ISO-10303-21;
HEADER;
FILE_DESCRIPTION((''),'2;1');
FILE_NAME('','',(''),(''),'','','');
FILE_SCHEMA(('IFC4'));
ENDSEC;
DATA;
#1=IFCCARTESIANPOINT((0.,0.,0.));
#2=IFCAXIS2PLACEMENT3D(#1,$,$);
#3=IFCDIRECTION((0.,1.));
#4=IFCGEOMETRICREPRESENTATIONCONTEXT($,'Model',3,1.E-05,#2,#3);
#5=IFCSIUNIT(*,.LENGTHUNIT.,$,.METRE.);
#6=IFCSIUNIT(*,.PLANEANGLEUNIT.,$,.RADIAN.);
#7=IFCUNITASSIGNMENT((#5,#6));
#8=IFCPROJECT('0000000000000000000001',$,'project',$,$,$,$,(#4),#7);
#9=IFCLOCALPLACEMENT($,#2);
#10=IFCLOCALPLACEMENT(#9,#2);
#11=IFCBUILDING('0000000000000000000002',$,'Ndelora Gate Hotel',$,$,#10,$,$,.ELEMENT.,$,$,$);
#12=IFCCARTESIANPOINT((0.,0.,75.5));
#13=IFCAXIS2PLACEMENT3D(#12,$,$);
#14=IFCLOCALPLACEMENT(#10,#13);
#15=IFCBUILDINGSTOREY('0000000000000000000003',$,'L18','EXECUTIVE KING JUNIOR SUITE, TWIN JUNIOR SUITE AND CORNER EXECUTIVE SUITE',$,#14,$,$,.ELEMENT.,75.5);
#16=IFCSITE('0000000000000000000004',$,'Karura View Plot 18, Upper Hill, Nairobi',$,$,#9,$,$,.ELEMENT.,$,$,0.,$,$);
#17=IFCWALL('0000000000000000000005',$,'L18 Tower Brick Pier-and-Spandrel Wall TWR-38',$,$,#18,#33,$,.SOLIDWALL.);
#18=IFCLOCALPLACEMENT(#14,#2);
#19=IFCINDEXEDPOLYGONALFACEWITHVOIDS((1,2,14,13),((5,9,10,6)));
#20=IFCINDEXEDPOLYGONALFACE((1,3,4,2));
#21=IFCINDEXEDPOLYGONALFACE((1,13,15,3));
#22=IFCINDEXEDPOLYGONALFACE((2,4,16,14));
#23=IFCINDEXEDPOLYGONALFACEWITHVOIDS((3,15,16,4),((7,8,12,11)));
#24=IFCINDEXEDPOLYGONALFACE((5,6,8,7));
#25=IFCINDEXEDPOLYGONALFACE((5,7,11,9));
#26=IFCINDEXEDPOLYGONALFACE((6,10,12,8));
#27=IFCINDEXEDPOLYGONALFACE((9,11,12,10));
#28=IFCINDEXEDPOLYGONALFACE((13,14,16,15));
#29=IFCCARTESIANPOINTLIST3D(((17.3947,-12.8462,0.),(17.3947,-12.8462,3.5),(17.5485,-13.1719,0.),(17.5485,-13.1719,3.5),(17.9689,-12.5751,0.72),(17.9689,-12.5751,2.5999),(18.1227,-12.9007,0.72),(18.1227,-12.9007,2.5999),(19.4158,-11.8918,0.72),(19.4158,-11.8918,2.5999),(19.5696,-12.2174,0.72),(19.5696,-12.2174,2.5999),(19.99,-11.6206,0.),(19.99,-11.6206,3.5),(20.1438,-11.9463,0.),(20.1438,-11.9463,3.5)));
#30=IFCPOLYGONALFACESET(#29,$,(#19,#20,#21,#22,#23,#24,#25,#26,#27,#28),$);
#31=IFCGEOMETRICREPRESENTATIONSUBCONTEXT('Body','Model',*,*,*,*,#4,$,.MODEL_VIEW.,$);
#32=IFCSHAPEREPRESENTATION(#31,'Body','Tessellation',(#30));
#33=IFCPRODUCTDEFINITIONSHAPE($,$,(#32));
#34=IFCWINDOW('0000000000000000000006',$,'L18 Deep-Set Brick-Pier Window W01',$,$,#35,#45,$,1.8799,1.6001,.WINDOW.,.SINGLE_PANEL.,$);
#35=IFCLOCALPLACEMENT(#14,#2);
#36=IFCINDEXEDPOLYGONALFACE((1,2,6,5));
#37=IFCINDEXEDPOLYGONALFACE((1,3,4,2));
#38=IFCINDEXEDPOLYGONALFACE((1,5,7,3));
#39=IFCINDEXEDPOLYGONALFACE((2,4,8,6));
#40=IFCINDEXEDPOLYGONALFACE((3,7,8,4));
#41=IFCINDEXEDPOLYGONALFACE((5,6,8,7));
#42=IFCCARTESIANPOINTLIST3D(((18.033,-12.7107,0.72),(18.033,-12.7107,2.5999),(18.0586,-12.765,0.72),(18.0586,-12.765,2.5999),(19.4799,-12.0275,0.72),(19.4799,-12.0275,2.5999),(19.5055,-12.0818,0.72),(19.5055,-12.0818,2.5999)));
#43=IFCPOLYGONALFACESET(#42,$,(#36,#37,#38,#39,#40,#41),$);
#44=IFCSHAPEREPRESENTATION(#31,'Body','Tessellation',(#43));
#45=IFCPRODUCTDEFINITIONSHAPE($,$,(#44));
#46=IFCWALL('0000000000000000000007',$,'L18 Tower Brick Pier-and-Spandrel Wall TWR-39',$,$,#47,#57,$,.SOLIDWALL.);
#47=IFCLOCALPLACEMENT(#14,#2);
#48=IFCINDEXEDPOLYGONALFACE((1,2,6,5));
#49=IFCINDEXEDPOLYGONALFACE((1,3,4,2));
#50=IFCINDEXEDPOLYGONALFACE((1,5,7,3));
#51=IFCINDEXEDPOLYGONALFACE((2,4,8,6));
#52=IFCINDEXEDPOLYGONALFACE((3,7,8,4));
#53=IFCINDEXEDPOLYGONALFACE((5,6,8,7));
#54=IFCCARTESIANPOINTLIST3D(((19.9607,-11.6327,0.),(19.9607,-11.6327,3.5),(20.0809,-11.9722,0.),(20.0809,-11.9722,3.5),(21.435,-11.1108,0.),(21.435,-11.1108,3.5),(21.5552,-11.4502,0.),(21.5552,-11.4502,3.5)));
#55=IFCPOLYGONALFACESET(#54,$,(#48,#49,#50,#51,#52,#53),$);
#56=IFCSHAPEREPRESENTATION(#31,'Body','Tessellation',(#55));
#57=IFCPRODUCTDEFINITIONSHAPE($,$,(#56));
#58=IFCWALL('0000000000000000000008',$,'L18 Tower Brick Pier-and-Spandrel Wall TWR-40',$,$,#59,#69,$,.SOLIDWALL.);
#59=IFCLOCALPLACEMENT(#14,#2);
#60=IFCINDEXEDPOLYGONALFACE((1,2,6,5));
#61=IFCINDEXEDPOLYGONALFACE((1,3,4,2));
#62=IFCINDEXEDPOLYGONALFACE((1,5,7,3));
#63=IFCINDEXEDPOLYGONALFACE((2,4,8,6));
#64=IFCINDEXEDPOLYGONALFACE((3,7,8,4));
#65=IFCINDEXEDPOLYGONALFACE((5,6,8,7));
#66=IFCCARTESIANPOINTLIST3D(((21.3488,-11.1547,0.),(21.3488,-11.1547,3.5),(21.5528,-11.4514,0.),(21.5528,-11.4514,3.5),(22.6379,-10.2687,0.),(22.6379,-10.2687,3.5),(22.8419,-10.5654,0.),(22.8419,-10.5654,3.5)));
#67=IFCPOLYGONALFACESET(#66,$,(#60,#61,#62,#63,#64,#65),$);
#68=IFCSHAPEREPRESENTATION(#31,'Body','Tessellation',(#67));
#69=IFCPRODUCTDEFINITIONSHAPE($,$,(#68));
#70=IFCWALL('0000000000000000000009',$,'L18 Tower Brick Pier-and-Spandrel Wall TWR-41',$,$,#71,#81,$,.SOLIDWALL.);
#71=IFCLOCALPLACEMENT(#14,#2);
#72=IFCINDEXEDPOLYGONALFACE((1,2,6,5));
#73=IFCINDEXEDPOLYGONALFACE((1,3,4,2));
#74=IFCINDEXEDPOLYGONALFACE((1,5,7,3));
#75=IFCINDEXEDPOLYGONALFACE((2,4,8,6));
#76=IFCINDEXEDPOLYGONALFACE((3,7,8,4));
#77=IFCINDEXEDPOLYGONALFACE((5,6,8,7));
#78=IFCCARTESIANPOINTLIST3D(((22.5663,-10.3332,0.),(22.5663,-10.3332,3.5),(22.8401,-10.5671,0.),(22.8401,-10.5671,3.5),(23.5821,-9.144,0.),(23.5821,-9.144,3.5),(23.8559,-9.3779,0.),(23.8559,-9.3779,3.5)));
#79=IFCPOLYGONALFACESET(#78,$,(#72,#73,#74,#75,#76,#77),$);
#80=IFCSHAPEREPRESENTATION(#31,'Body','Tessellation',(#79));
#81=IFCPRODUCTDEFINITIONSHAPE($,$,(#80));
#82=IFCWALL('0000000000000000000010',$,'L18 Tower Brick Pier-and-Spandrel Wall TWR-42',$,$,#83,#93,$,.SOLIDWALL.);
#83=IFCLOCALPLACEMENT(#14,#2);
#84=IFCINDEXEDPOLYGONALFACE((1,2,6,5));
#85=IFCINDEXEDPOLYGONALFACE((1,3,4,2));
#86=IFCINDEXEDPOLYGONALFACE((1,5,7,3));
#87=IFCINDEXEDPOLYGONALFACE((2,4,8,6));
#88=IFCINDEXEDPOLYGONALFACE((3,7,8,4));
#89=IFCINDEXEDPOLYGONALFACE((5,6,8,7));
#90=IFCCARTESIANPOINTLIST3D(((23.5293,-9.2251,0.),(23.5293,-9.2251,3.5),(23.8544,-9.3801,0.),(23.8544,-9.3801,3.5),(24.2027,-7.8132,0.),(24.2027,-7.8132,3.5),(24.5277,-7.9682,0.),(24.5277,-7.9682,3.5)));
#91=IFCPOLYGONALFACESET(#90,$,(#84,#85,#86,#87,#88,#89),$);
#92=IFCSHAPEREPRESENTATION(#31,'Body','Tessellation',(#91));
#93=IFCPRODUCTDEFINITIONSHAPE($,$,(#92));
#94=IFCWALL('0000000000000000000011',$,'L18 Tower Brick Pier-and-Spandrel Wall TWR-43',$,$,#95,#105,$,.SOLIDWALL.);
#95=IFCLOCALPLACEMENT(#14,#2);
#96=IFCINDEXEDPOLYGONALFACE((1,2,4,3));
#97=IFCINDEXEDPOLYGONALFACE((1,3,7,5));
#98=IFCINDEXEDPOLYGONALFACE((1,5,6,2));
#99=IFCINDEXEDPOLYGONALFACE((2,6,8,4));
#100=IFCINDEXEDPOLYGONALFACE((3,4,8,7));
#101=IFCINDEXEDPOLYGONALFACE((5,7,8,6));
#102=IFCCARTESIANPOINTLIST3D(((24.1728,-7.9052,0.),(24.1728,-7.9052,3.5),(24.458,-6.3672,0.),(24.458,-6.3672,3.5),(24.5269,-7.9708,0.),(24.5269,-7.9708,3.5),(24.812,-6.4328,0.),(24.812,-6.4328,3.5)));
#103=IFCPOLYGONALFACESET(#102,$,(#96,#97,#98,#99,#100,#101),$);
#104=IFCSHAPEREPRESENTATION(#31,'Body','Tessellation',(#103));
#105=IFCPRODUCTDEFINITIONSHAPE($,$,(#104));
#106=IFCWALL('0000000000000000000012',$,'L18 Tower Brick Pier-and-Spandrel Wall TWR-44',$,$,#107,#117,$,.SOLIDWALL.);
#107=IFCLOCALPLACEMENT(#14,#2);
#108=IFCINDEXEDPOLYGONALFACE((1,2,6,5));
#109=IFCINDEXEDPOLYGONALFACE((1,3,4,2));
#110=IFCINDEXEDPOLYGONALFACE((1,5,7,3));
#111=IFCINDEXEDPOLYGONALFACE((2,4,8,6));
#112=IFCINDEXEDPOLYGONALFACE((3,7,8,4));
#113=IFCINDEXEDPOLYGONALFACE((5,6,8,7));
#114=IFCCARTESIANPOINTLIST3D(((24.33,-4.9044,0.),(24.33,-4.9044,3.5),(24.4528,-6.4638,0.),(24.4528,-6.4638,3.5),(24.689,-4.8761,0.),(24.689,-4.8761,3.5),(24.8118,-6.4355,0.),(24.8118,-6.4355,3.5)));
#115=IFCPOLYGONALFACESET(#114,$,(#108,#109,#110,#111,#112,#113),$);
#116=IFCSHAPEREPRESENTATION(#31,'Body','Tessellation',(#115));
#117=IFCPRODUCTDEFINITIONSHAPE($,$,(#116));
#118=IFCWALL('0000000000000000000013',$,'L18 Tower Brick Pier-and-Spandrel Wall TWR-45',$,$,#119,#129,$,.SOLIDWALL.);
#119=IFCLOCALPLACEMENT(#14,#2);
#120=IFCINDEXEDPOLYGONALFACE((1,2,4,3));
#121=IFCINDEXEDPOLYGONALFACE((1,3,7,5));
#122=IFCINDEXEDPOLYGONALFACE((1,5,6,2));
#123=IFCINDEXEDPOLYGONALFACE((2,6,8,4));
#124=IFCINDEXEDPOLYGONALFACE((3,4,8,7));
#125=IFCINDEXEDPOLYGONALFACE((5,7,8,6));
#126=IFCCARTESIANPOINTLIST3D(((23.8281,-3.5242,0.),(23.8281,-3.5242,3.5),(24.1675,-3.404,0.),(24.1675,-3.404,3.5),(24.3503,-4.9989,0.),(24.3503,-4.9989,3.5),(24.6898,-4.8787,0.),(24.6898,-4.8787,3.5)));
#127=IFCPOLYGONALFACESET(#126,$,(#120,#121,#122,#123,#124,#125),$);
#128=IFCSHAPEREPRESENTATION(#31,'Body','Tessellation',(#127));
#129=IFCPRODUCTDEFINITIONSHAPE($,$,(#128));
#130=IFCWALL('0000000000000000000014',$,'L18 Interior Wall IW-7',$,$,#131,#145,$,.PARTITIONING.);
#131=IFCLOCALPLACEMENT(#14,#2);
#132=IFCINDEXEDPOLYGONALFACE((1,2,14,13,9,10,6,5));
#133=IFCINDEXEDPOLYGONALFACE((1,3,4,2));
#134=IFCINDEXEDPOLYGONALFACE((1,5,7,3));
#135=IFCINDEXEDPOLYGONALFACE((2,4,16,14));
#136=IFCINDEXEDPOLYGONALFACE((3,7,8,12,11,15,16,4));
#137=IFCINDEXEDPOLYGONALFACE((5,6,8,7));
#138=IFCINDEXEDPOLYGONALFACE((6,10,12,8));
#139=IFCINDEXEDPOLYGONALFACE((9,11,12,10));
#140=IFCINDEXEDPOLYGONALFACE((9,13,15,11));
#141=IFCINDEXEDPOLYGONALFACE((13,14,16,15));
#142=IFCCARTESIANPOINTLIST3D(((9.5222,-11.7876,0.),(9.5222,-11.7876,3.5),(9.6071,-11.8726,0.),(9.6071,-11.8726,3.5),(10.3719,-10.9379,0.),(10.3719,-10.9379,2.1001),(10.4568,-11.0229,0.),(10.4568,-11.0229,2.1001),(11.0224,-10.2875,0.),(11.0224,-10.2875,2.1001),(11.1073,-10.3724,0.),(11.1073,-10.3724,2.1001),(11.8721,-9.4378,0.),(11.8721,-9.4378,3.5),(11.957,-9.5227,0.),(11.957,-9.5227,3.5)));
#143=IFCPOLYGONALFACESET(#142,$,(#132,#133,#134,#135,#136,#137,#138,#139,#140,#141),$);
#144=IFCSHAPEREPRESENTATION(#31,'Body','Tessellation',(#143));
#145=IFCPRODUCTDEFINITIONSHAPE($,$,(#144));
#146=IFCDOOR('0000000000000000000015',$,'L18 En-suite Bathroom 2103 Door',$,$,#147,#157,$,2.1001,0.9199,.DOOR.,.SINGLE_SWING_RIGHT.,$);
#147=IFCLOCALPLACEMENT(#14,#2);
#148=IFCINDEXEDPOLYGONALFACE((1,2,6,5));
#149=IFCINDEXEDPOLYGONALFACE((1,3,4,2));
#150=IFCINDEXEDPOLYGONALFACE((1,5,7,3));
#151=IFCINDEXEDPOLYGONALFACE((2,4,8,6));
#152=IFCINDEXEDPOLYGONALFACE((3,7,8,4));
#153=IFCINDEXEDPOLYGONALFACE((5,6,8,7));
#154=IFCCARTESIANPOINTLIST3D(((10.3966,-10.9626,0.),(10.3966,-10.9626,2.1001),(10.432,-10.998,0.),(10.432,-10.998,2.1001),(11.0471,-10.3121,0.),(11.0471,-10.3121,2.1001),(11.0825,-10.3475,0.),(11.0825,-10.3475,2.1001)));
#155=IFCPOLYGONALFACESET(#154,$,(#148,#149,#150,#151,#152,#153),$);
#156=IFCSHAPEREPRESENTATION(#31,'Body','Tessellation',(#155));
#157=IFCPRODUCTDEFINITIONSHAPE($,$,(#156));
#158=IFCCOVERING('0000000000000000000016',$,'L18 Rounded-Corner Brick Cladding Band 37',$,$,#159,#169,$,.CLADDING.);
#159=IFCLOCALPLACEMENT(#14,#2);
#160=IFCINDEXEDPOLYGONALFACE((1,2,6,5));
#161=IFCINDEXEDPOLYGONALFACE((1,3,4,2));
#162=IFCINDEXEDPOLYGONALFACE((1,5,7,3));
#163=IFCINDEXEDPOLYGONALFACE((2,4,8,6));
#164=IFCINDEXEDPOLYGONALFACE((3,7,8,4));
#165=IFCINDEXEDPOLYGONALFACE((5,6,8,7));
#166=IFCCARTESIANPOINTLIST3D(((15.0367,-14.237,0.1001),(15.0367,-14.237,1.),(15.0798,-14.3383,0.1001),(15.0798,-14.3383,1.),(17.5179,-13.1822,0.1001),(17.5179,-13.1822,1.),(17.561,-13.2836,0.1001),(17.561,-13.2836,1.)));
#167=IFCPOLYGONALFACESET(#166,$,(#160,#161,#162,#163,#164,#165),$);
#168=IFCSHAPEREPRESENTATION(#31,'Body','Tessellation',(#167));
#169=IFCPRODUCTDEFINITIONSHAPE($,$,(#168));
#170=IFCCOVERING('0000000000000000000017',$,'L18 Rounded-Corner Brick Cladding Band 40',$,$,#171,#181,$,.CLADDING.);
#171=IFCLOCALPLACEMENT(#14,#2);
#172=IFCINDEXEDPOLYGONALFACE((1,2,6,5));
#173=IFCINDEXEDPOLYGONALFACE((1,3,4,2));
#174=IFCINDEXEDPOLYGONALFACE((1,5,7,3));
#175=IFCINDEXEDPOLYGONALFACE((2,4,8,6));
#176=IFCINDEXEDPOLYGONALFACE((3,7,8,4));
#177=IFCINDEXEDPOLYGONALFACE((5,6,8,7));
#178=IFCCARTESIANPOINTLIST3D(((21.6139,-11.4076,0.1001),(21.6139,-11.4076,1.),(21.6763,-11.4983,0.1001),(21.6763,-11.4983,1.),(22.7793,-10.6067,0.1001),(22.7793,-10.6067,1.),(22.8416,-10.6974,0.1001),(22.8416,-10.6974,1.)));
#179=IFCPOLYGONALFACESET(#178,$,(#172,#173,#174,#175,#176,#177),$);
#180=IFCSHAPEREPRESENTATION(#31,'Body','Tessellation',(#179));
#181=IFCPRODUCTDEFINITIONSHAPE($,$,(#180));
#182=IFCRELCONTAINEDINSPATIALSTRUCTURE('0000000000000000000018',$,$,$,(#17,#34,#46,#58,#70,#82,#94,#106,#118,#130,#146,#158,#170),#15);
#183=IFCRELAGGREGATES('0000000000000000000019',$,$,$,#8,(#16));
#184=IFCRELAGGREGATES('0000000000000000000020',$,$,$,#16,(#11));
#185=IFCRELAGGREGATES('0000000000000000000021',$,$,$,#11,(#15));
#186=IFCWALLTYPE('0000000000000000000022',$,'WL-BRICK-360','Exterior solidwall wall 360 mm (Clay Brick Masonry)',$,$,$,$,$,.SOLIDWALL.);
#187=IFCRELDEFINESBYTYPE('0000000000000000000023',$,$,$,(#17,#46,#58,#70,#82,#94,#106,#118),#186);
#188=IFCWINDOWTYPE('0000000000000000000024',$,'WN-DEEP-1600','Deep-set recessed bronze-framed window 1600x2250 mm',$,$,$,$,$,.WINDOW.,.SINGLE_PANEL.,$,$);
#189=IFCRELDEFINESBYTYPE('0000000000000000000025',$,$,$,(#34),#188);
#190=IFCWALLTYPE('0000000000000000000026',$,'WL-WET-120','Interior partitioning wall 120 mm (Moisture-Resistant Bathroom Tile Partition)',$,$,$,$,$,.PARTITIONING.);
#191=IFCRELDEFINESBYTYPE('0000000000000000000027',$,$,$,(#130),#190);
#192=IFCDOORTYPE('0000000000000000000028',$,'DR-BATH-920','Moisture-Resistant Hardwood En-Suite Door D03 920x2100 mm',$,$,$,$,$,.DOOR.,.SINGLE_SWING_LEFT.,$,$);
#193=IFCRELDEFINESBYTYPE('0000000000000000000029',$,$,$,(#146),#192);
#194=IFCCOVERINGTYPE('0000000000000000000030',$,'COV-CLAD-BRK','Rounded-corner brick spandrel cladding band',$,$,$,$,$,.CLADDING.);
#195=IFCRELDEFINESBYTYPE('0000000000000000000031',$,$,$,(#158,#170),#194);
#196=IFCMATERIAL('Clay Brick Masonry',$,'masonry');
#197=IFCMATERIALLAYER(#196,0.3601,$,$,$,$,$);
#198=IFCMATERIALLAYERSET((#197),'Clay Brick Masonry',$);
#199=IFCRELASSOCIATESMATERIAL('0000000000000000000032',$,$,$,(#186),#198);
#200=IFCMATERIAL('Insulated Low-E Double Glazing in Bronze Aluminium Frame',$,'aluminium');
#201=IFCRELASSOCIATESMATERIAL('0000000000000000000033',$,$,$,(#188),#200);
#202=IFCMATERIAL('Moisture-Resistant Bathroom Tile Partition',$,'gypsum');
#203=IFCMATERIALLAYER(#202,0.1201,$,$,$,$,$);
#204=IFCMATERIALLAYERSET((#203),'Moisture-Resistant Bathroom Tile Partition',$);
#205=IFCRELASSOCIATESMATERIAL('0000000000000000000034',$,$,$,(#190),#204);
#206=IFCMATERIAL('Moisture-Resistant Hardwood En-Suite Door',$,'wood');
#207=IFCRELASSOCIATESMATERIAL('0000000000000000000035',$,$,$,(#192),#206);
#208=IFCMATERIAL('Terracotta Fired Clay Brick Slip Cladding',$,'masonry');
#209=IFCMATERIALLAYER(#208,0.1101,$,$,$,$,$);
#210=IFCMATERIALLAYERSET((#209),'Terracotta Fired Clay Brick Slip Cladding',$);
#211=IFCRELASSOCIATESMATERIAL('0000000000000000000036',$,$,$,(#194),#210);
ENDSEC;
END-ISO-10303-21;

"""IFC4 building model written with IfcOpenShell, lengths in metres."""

from ifc_helpers import new_model, si_unit, direction, frame, frame_2d, origin, origin_2d, place, context, subcontext, project, spatial, rectangle, extrude, material, layer, layer_set, type_object, element, fill, save


model = new_model("IFC4")

# Units and contexts
model_context = context("Model", 3, precision=1e-05, world=origin(), true_north=direction((0.0, 1.0)))
body_context = subcontext(model_context, "Body", "Model", "MODEL_VIEW")
ifc_project = project(units=[si_unit("LENGTHUNIT", "METRE"), si_unit("PLANEANGLEUNIT", "RADIAN")], contexts=[model_context])

# Site, building, storey
site_placement = place(None, origin())
site = spatial("IfcSite", under=ifc_project, at=site_placement, Name="Karura View Plot 18, Upper Hill, Nairobi", CompositionType="ELEMENT", RefElevation=0.0)
building_placement = place(site_placement, origin())
building = spatial("IfcBuilding", under=site, at=building_placement, Name="Ndelora Gate Hotel", CompositionType="ELEMENT")
storey_placement = place(building_placement, frame((0.0, 0.0, 75.5)))
storey = spatial("IfcBuildingStorey", under=building, at=storey_placement, Name="L18", Description="EXECUTIVE KING JUNIOR SUITE, TWIN JUNIOR SUITE AND CORNER EXECUTIVE SUITE", CompositionType="ELEMENT", Elevation=75.5)

# Wall, opening, window
ifc_material_1 = material(Name="Clay Brick Masonry", Category="masonry")
ifc_layer_1 = layer(ifc_material_1, 0.3601)
ifc_layer_set_1 = layer_set([ifc_layer_1], Name="Clay Brick Masonry")
wall_type_1 = type_object("IfcWallType", Name="WL-BRICK-360", Description="Exterior solidwall wall 360 mm (Clay Brick Masonry)", PredefinedType="SOLIDWALL", material=ifc_layer_set_1)
ifc_material_2 = material(Name="Insulated Low-E Double Glazing in Bronze Aluminium Frame", Category="aluminium")
window_type_1 = type_object("IfcWindowType", Name="WN-DEEP-1600", Description="Deep-set recessed bronze-framed window 1600x2250 mm", PartitioningType="SINGLE_PANEL", PredefinedType="WINDOW", material=ifc_material_2)
wall_1_placement = place(storey_placement, frame((20.0669, -11.7834, 0.0), z_axis=(0.0, 0.0, 1.0), x_axis=(-0.90424, -0.427026, 0.0)))
wall_1 = element("IfcWall", 1, at=wall_1_placement, inside=storey, type_object=wall_type_1, Name="L18 Tower Brick Pier-and-Spandrel Wall TWR-38", PredefinedType="SOLIDWALL", context=body_context, shape_type="SweptSolid", body=[
    extrude(rectangle(XDim=2.8701, YDim=0.3601, at=frame_2d((1.4351, 0.0))), origin(), (0.0, 0.0, 1.0), 3.5),
])
opening_1_placement = place(wall_1_placement, frame((0.635, 0.0, 0.72)))
opening_1 = element("IfcOpeningElement", 2, at=opening_1_placement, cuts=wall_1, PredefinedType="OPENING", context=body_context, shape_type="SweptSolid", body=[
    extrude(rectangle(XDim=1.6001, YDim=1.8799, at=frame_2d((0.8, 0.9399))), frame((0.0, 0.1899, 0.0), z_axis=(0.0, -1.0, 0.0), x_axis=(1.0, 0.0, 0.0)), (0.0, 0.0, 1.0), 0.3801),
])
window_1_placement = place(opening_1_placement, origin())
window_1 = element("IfcWindow", 3, at=window_1_placement, inside=storey, type_object=window_type_1, Name="L18 Deep-Set Brick-Pier Window W01", OverallHeight=1.8799, OverallWidth=1.6001, PartitioningType="SINGLE_PANEL", PredefinedType="WINDOW", context=body_context, shape_type="SweptSolid", body=[
    extrude(rectangle(XDim=1.6001, YDim=1.8799, at=frame_2d((0.8, 0.9399))), frame((0.0, 0.03, 0.0), z_axis=(0.0, -1.0, 0.0), x_axis=(1.0, 0.0, 0.0)), (0.0, 0.0, 1.0), 0.0601),
])
fill(opening_1, window_1)

# Walls
wall_2_placement = place(storey_placement, frame((21.4951, -11.2805, 0.0), z_axis=(0.0, 0.0, 1.0), x_axis=(-0.942667, -0.333734, 0.0)))
element("IfcWall", 4, at=wall_2_placement, inside=storey, type_object=wall_type_1, Name="L18 Tower Brick Pier-and-Spandrel Wall TWR-39", PredefinedType="SOLIDWALL", context=body_context, shape_type="SweptSolid", body=[
    extrude(rectangle(XDim=1.564, YDim=0.3601, at=frame_2d((0.782, 0.0))), origin(), (0.0, 0.0, 1.0), 3.5),
])
wall_3_placement = place(storey_placement, frame((22.74, -10.417, 0.0), z_axis=(0.0, 0.0, 1.0), x_axis=(-0.824115, -0.566423, 0.0)))
element("IfcWall", 5, at=wall_3_placement, inside=storey, type_object=wall_type_1, Name="L18 Tower Brick Pier-and-Spandrel Wall TWR-40", PredefinedType="SOLIDWALL", context=body_context, shape_type="SweptSolid", body=[
    extrude(rectangle(XDim=1.5642, YDim=0.3601, at=frame_2d((0.7822, 0.0))), origin(), (0.0, 0.0, 1.0), 3.5),
])
wall_4_placement = place(storey_placement, frame((23.719, -9.261, 0.0), z_axis=(0.0, 0.0, 1.0), x_axis=(-0.649518, -0.760346, 0.0)))
element("IfcWall", 6, at=wall_4_placement, inside=storey, type_object=wall_type_1, Name="L18 Tower Brick Pier-and-Spandrel Wall TWR-41", PredefinedType="SOLIDWALL", context=body_context, shape_type="SweptSolid", body=[
    extrude(rectangle(XDim=1.564, YDim=0.3601, at=frame_2d((0.782, 0.0))), origin(), (0.0, 0.0, 1.0), 3.5),
])
for number, where, z_axis, x_axis, name in (
    (7, (24.3652, -7.8906, 0.0), (0.0, 0.0, 1.0), (-0.430467, -0.902606, 0.0), "L18 Tower Brick Pier-and-Spandrel Wall TWR-42"),
    (8, (24.635, -6.3999, 0.0), (0.0, 0.0, 1.0), (-0.18229, -0.983245, 0.0), "L18 Tower Brick Pier-and-Spandrel Wall TWR-43"),
    (9, (24.5095, -4.8901, 0.0), (0.0, 0.0, 1.0), (0.078511, -0.996913, 0.0), "L18 Tower Brick Pier-and-Spandrel Wall TWR-44"),
):
    element("IfcWall", number, at=place(storey_placement, frame(where, z_axis=z_axis, x_axis=x_axis)), inside=storey, type_object=wall_type_1, Name=name, PredefinedType="SOLIDWALL", context=body_context, shape_type="SweptSolid", body=[
        extrude(rectangle(XDim=1.5642, YDim=0.3601, at=frame_2d((0.7822, 0.0))), origin(), (0.0, 0.0, 1.0), 3.5),
    ])
wall_5_placement = place(storey_placement, frame((23.9978, -3.4641, 0.0), z_axis=(0.0, 0.0, 1.0), x_axis=(0.333824, -0.942635, 0.0)))
element("IfcWall", 10, at=wall_5_placement, inside=storey, type_object=wall_type_1, Name="L18 Tower Brick Pier-and-Spandrel Wall TWR-45", PredefinedType="SOLIDWALL", context=body_context, shape_type="SweptSolid", body=[
    extrude(rectangle(XDim=1.5645, YDim=0.3601, at=frame_2d((0.7822, 0.0))), origin(), (0.0, 0.0, 1.0), 3.5),
])

# Wall, opening, door
ifc_material_3 = material(Name="Moisture-Resistant Bathroom Tile Partition", Category="gypsum")
ifc_layer_2 = layer(ifc_material_3, 0.1201)
ifc_layer_set_2 = layer_set([ifc_layer_2], Name="Moisture-Resistant Bathroom Tile Partition")
wall_type_2 = type_object("IfcWallType", Name="WL-WET-120", Description="Interior partitioning wall 120 mm (Moisture-Resistant Bathroom Tile Partition)", PredefinedType="PARTITIONING", material=ifc_layer_set_2)
wall_6_placement = place(storey_placement, frame((11.9146, -9.4802, 0.0), z_axis=(0.0, 0.0, 1.0), x_axis=(-0.707107, -0.707107, 0.0)))
wall_6 = element("IfcWall", 11, at=wall_6_placement, inside=storey, type_object=wall_type_2, Name="L18 Interior Wall IW-7", PredefinedType="PARTITIONING", context=body_context, shape_type="SweptSolid", body=[
    extrude(rectangle(XDim=3.3232, YDim=0.1201, at=frame_2d((1.6616, 0.0))), origin(), (0.0, 0.0, 1.0), 3.5),
])
opening_2_placement = place(wall_6_placement, frame((1.2017, 0.0, 0.0)))
opening_2 = element("IfcOpeningElement", 12, at=opening_2_placement, cuts=wall_6, PredefinedType="OPENING", context=body_context, shape_type="SweptSolid", body=[
    extrude(rectangle(XDim=0.9199, YDim=2.1001, at=frame_2d((0.46, 1.05))), frame((0.0, 0.0701, 0.0), z_axis=(0.0, -1.0, 0.0), x_axis=(1.0, 0.0, 0.0)), (0.0, 0.0, 1.0), 0.1401),
])
ifc_material_4 = material(Name="Moisture-Resistant Hardwood En-Suite Door", Category="wood")
door_type = type_object("IfcDoorType", Name="DR-BATH-920", Description="Moisture-Resistant Hardwood En-Suite Door D03 920x2100 mm", OperationType="SINGLE_SWING_LEFT", PredefinedType="DOOR", material=ifc_material_4)
door_placement = place(opening_2_placement, origin())
door = element("IfcDoor", 13, at=door_placement, inside=storey, type_object=door_type, Name="L18 En-suite Bathroom 2103 Door", OperationType="SINGLE_SWING_RIGHT", OverallHeight=2.1001, OverallWidth=0.9199, PredefinedType="DOOR", context=body_context, shape_type="SweptSolid", body=[
    extrude(rectangle(XDim=0.9199, YDim=2.1001, at=frame_2d((0.46, 1.05))), frame((0.0, 0.0249, 0.0), z_axis=(0.0, -1.0, 0.0), x_axis=(1.0, 0.0, 0.0)), (0.0, 0.0, 1.0), 0.05),
])
fill(opening_2, door)

# Coverings
ifc_material_5 = material(Name="Terracotta Fired Clay Brick Slip Cladding", Category="masonry")
ifc_layer_3 = layer(ifc_material_5, 0.1101)
ifc_layer_set_3 = layer_set([ifc_layer_3], Name="Terracotta Fired Clay Brick Slip Cladding")
covering_type_1 = type_object("IfcCoveringType", Name="COV-CLAD-BRK", Description="Rounded-corner brick spandrel cladding band", PredefinedType="CLADDING", material=ifc_layer_set_3)
covering_1_placement = place(storey_placement, frame((16.2988, -13.7603, 0.1001), z_axis=(0.0, 0.0, 1.0), x_axis=(0.9203, 0.391213, 0.0)))
element("IfcCovering", 14, at=covering_1_placement, inside=storey, type_object=covering_type_1, Name="L18 Rounded-Corner Brick Cladding Band 37", PredefinedType="CLADDING", context=body_context, shape_type="SweptSolid", body=[
    extrude(rectangle(XDim=2.696, YDim=0.1101, at=origin_2d()), origin(), (0.0, 0.0, 1.0), 0.8999),
])
for number, where, z_axis, x_axis, name in (
    (15, (22.2278, -11.0525, 0.1001), (0.0, 0.0, 1.0), (0.824126, 0.566406, 0.0), "L18 Rounded-Corner Brick Cladding Band 40"),
):
    element("IfcCovering", number, at=place(storey_placement, frame(where, z_axis=z_axis, x_axis=x_axis)), inside=storey, type_object=covering_type_1, Name=name, PredefinedType="CLADDING", context=body_context, shape_type="SweptSolid", body=[
        extrude(rectangle(XDim=1.4141, YDim=0.1101, at=origin_2d()), origin(), (0.0, 0.0, 1.0), 0.8999),
    ])

save(model, "model.ifc")
